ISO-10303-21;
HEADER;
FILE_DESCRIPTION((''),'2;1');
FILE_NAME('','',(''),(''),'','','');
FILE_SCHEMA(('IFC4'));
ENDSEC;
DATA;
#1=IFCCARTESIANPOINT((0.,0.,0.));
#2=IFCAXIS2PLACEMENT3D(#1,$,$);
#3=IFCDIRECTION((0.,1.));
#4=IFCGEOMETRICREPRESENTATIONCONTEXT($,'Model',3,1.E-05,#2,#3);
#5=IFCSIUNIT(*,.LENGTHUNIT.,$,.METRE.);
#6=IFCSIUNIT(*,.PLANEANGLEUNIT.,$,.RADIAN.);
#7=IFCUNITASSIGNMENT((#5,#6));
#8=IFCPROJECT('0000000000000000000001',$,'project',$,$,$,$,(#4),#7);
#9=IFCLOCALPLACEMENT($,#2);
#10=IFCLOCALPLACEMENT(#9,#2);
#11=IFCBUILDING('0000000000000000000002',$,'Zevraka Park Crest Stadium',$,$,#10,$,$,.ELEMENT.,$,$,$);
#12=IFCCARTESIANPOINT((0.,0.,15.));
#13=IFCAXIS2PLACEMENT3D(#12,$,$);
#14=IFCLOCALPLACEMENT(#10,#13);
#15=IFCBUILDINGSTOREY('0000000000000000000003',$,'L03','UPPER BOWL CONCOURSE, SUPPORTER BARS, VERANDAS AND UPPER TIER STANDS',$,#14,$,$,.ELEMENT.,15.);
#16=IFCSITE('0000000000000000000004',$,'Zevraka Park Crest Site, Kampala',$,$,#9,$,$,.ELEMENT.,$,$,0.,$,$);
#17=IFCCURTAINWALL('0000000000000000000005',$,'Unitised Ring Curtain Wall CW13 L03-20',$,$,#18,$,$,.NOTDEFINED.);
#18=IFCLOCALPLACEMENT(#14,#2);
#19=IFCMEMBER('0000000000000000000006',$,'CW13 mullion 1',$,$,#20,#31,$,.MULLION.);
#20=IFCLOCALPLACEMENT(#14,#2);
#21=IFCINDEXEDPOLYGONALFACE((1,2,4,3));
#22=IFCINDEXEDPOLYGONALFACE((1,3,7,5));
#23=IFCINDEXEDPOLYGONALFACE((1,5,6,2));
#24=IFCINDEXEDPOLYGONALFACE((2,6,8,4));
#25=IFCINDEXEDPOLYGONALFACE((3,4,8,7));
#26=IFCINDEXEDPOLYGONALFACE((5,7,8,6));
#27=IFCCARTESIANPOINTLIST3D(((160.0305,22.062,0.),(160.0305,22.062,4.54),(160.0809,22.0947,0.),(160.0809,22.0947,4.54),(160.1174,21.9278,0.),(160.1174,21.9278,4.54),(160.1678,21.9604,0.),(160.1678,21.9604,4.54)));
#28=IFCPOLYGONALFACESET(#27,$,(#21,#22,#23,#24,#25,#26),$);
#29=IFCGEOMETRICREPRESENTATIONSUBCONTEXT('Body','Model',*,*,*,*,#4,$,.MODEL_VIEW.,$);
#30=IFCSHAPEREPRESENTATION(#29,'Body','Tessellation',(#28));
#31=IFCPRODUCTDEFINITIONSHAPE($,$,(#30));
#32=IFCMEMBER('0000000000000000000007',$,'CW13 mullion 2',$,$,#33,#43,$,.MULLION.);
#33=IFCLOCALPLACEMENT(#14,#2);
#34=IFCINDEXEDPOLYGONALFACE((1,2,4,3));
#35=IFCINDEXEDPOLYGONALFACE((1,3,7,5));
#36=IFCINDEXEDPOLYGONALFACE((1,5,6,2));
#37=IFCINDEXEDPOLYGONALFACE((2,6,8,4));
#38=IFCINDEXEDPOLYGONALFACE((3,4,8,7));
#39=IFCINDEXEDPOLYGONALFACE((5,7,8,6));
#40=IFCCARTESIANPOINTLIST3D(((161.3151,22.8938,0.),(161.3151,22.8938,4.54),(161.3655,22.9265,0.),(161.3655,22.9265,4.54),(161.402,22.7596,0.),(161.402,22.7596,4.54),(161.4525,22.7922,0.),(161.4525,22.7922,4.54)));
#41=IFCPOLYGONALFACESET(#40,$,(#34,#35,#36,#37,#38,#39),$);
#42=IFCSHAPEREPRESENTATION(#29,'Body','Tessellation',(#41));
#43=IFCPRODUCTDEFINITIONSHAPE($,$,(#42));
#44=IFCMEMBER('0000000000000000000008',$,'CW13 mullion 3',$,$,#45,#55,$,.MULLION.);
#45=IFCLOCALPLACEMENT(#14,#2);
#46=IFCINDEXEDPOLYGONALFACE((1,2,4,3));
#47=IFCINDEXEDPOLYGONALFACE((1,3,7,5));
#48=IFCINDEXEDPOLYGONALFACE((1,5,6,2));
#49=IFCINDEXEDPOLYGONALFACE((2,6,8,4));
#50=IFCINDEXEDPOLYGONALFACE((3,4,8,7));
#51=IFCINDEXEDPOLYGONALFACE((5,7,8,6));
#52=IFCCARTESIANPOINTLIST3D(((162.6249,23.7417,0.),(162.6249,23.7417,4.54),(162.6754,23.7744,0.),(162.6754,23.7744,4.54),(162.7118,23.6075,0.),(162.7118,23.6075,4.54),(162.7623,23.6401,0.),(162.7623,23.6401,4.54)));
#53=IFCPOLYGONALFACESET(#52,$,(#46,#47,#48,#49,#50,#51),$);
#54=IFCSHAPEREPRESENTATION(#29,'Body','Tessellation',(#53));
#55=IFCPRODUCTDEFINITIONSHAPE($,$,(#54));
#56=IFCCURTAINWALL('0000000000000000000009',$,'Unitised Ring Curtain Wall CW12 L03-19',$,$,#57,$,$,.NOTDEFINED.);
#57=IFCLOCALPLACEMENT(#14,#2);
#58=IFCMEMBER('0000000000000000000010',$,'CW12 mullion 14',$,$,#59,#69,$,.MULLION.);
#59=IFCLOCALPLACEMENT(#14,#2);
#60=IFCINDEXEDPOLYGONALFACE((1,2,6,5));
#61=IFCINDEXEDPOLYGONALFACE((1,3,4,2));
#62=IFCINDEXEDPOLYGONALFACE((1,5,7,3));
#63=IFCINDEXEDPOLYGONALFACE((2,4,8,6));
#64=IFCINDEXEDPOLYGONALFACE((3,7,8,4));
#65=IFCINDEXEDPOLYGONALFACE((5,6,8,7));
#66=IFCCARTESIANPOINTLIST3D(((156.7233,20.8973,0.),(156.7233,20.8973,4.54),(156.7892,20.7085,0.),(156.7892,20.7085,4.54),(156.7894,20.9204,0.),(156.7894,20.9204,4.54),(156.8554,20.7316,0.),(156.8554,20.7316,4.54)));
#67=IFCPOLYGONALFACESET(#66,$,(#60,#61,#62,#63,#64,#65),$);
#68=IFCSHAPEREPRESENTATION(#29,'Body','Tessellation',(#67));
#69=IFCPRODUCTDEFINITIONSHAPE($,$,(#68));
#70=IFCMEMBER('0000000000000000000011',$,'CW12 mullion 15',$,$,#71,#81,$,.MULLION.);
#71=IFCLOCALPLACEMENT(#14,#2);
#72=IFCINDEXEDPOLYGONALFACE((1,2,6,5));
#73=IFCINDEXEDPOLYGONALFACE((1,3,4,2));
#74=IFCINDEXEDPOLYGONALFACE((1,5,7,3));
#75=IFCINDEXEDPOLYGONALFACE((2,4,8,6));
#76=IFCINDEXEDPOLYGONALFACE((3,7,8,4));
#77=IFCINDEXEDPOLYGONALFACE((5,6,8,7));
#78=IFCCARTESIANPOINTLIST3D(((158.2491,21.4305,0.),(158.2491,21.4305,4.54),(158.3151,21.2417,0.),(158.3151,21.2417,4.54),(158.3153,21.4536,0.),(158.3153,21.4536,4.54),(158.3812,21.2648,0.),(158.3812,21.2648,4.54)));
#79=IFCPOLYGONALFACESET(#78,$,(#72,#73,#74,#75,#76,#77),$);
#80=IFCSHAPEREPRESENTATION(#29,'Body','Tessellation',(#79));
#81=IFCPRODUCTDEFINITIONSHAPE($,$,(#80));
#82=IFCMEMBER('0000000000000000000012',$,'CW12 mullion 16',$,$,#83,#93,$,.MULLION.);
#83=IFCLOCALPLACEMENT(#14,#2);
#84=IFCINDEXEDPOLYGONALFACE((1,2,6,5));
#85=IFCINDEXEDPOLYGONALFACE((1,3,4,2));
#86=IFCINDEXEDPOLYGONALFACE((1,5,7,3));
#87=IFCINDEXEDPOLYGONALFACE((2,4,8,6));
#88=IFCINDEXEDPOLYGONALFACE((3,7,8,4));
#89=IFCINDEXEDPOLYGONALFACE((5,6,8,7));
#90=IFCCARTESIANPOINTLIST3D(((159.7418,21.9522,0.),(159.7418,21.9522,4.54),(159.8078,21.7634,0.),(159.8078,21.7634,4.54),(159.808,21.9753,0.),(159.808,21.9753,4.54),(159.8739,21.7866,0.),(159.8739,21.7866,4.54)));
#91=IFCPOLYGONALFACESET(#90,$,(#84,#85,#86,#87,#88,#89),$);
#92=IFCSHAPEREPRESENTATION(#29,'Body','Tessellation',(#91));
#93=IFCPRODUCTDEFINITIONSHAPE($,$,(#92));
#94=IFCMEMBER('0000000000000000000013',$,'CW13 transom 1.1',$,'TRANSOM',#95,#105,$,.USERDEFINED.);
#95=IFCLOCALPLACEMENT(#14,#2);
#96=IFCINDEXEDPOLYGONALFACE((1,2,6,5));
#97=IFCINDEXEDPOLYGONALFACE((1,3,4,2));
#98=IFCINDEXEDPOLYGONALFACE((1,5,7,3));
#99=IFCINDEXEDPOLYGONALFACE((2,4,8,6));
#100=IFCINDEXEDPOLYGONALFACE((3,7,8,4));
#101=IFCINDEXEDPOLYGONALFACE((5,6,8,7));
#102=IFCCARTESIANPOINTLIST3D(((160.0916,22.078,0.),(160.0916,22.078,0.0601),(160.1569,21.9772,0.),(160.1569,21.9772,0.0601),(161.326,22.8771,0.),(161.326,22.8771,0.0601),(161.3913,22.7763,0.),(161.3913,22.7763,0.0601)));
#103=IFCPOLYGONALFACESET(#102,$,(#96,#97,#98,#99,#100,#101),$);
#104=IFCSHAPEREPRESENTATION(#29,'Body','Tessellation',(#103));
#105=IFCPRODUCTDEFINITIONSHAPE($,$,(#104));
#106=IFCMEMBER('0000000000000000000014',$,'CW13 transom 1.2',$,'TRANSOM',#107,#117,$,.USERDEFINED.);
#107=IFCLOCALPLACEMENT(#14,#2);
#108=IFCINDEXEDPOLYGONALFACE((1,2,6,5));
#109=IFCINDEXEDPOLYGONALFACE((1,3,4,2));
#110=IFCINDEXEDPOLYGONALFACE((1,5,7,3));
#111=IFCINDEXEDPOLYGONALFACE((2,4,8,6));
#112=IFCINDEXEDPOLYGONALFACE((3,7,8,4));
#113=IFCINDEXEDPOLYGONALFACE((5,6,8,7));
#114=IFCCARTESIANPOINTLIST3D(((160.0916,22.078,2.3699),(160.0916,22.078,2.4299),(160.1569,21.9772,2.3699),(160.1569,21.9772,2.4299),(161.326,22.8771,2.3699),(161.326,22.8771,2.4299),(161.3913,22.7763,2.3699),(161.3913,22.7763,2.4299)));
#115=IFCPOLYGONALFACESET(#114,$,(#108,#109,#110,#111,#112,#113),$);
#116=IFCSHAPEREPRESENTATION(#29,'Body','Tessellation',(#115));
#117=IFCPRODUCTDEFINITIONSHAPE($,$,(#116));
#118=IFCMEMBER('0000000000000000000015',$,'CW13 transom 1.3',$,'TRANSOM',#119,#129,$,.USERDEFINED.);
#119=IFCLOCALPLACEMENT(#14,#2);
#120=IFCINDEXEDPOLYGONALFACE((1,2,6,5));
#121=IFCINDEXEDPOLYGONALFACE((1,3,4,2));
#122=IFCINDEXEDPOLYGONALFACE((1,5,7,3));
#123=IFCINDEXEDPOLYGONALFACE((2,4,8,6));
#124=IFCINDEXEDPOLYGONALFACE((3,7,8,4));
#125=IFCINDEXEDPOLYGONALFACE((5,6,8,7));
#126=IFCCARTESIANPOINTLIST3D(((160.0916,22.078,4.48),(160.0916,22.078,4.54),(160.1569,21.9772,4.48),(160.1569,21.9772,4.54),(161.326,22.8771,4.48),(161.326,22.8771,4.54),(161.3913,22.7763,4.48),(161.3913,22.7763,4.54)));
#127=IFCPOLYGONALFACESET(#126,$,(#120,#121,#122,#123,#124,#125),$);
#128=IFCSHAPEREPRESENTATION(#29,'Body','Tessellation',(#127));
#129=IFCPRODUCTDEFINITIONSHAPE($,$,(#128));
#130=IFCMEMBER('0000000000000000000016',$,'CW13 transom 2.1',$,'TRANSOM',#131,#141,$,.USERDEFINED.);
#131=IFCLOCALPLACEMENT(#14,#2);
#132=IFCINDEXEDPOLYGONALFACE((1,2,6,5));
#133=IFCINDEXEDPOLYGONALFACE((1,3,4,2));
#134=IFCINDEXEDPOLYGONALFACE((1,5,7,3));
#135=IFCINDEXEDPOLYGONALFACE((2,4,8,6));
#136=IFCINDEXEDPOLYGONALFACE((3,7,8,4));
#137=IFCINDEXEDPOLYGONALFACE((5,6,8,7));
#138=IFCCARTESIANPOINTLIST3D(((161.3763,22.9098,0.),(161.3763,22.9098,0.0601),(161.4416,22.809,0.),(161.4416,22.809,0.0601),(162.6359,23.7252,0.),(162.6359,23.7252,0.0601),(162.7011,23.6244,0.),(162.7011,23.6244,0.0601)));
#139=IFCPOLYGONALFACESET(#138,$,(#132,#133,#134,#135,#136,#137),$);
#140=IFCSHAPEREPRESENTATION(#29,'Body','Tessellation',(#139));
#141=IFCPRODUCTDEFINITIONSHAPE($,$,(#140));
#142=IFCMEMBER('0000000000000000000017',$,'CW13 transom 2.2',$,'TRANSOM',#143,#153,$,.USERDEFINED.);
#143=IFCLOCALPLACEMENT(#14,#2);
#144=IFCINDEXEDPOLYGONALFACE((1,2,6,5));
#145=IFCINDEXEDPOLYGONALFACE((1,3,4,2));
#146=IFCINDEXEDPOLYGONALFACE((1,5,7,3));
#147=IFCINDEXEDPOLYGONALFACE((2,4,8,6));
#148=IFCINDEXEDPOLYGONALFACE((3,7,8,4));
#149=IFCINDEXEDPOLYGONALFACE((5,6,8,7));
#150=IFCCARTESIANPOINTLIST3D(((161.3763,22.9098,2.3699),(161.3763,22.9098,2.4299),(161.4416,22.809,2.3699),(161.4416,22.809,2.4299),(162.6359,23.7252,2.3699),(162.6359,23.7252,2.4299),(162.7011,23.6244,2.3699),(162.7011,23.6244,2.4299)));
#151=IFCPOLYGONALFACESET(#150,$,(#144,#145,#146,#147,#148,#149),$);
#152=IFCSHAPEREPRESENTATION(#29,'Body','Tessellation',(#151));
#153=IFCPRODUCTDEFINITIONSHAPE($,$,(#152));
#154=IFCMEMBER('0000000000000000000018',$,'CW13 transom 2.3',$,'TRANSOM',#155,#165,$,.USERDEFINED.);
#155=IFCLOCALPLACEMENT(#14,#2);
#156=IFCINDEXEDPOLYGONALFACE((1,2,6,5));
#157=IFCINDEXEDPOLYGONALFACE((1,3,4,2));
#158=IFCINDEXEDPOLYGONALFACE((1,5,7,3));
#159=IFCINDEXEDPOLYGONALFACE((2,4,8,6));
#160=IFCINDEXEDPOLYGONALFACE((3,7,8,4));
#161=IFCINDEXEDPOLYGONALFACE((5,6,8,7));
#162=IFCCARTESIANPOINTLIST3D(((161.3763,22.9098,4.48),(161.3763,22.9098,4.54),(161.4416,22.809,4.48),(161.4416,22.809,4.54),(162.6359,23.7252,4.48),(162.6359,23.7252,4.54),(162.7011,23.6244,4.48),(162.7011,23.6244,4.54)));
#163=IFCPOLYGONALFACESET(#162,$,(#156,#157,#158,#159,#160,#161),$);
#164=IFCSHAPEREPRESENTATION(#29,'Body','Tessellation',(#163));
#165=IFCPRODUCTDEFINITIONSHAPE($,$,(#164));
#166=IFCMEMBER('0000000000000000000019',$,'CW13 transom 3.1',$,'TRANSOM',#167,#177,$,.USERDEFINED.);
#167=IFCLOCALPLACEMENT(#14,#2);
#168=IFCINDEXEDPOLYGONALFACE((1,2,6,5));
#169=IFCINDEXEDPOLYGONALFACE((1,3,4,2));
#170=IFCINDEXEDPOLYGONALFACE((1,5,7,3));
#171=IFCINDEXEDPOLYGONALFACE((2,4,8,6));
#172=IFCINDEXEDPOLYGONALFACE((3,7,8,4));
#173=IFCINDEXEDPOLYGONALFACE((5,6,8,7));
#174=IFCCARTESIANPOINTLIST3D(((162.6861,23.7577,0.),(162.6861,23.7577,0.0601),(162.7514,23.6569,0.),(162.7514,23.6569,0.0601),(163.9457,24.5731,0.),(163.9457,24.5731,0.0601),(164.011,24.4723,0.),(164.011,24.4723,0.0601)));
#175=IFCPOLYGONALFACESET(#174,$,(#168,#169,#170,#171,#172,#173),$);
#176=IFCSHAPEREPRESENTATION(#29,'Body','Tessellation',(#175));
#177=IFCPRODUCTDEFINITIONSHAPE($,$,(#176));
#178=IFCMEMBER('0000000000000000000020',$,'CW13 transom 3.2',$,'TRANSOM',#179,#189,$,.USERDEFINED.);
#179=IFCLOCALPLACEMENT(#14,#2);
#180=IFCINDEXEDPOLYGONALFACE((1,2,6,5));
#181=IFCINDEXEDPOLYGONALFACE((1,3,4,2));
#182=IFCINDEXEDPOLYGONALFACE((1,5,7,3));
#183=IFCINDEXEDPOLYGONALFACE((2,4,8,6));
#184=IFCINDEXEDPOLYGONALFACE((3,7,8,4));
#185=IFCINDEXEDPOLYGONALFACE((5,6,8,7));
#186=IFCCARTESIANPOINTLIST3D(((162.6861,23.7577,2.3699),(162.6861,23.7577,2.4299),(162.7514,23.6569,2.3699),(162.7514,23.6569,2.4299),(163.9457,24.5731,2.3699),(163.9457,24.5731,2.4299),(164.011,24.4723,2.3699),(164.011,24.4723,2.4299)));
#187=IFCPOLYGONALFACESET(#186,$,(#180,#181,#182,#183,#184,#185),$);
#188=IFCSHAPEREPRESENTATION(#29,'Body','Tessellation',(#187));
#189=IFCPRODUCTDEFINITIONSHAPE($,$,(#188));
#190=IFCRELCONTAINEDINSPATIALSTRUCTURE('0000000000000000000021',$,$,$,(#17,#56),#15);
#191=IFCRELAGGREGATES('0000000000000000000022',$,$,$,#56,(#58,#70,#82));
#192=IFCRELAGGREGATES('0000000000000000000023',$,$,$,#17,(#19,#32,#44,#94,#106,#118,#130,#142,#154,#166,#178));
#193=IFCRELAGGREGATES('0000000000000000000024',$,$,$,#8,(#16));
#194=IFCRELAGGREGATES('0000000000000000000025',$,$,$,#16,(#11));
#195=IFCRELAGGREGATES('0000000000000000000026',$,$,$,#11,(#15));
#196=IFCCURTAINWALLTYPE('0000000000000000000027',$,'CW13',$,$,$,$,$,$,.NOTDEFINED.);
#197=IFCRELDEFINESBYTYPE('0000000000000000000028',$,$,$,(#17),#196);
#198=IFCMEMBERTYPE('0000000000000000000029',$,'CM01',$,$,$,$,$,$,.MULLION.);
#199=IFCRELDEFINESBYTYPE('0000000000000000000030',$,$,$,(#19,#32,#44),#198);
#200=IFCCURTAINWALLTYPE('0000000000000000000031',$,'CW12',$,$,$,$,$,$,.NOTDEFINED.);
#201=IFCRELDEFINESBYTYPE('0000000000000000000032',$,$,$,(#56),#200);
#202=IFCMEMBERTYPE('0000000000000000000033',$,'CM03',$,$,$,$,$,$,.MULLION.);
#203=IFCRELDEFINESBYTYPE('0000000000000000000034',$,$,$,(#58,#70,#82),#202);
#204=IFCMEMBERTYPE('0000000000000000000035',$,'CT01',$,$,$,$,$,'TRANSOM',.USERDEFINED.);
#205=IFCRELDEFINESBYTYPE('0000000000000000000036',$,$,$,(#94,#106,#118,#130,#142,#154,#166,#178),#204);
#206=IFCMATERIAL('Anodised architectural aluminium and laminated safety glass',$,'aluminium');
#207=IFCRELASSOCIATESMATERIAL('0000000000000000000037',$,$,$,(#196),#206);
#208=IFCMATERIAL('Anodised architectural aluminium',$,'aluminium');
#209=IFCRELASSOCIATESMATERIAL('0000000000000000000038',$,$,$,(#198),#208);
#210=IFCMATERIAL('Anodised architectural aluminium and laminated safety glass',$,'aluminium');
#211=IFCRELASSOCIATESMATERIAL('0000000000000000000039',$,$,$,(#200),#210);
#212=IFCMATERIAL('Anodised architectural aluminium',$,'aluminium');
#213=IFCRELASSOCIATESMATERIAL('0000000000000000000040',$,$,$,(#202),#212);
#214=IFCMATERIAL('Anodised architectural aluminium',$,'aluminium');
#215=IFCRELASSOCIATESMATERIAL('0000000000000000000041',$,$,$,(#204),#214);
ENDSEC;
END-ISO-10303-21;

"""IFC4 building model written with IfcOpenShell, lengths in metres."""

from ifc_helpers import new_model, si_unit, direction, frame, origin, origin_2d, place, context, subcontext, project, spatial, rectangle, extrude, material, material_profile, profile_set, type_object, element, aggregate, save


model = new_model("IFC4")

# Units and contexts
model_context = context("Model", 3, precision=1e-05, world=origin(), true_north=direction((0.0, 1.0)))
body_context = subcontext(model_context, "Body", "Model", "MODEL_VIEW")
ifc_project = project(units=[si_unit("LENGTHUNIT", "METRE"), si_unit("PLANEANGLEUNIT", "RADIAN")], contexts=[model_context])

# Site, building, storey
site_placement = place(None, origin())
site = spatial("IfcSite", under=ifc_project, at=site_placement, Name="Zevraka Park Crest Site, Kampala", CompositionType="ELEMENT", RefElevation=0.0)
building_placement = place(site_placement, origin())
building = spatial("IfcBuilding", under=site, at=building_placement, Name="Zevraka Park Crest Stadium", CompositionType="ELEMENT")
storey_placement = place(building_placement, frame((0.0, 0.0, 15.0)))
storey = spatial("IfcBuildingStorey", under=building, at=storey_placement, Name="L03", Description="UPPER BOWL CONCOURSE, SUPPORTER BARS, VERANDAS AND UPPER TIER STANDS", CompositionType="ELEMENT", Elevation=15.0)

# Curtain walls, members
ifc_material_1 = material(Name="Anodised architectural aluminium and laminated safety glass", Category="aluminium")
curtain_wall_type_1 = type_object("IfcCurtainWallType", Name="CW13", PredefinedType="NOTDEFINED", material=ifc_material_1)
curtain_wall_1_placement = place(storey_placement, origin())
curtain_wall_1 = element("IfcCurtainWall", 1, at=curtain_wall_1_placement, inside=storey, type_object=curtain_wall_type_1, Name="Unitised Ring Curtain Wall CW13 L03-20", PredefinedType="NOTDEFINED")
ifc_material_2 = material(Name="Anodised architectural aluminium", Category="aluminium")
ifc_material_profile_1 = material_profile(ifc_material_2, rectangle(XDim=0.1599, YDim=0.0601, at=origin_2d()), Name="ALU MULLION 160x60")
ifc_profile_set_1 = profile_set([ifc_material_profile_1], Name="Anodised architectural aluminium")
member_type_1 = type_object("IfcMemberType", Name="CM01", PredefinedType="MULLION", material=ifc_profile_set_1)
member_1_placement = place(storey_placement, frame((160.0991, 22.0112, 0.0), z_axis=(0.0, 0.0, 1.0), x_axis=(-0.543469, 0.839429, 0.0)))
member_1 = element("IfcMember", 2, at=member_1_placement, type_object=member_type_1, Name="CW13 mullion 1", PredefinedType="MULLION", context=body_context, shape_type="SweptSolid", body=[
    extrude(rectangle(XDim=0.1599, YDim=0.0601, at=origin_2d()), origin(), (0.0, 0.0, 1.0), 4.54),
])
member_2_placement = place(storey_placement, frame((161.3838, 22.843, 0.0), z_axis=(0.0, 0.0, 1.0), x_axis=(-0.543469, 0.839429, 0.0)))
member_2 = element("IfcMember", 3, at=member_2_placement, type_object=member_type_1, Name="CW13 mullion 2", PredefinedType="MULLION", context=body_context, shape_type="SweptSolid", body=[
    extrude(rectangle(XDim=0.1599, YDim=0.0601, at=origin_2d()), origin(), (0.0, 0.0, 1.0), 4.54),
])
member_3_placement = place(storey_placement, frame((162.6936, 23.6909, 0.0), z_axis=(0.0, 0.0, 1.0), x_axis=(-0.543469, 0.839429, 0.0)))
member_3 = element("IfcMember", 4, at=member_3_placement, type_object=member_type_1, Name="CW13 mullion 3", PredefinedType="MULLION", context=body_context, shape_type="SweptSolid", body=[
    extrude(rectangle(XDim=0.1599, YDim=0.0601, at=origin_2d()), origin(), (0.0, 0.0, 1.0), 4.54),
])
ifc_material_3 = material(Name="Anodised architectural aluminium and laminated safety glass", Category="aluminium")
curtain_wall_type_2 = type_object("IfcCurtainWallType", Name="CW12", PredefinedType="NOTDEFINED", material=ifc_material_3)
curtain_wall_2_placement = place(storey_placement, origin())
curtain_wall_2 = element("IfcCurtainWall", 5, at=curtain_wall_2_placement, inside=storey, type_object=curtain_wall_type_2, Name="Unitised Ring Curtain Wall CW12 L03-19", PredefinedType="NOTDEFINED")
ifc_material_4 = material(Name="Anodised architectural aluminium", Category="aluminium")
ifc_material_profile_2 = material_profile(ifc_material_4, rectangle(XDim=0.2, YDim=0.0701, at=origin_2d()), Name="ALU MULLION 200x70")
ifc_profile_set_2 = profile_set([ifc_material_profile_2], Name="Anodised architectural aluminium")
member_type_2 = type_object("IfcMemberType", Name="CM03", PredefinedType="MULLION", material=ifc_profile_set_2)
member_4_placement = place(storey_placement, frame((156.7893, 20.8145, 0.0), z_axis=(0.0, 0.0, 1.0), x_axis=(-0.329917, 0.94401, 0.0)))
member_4 = element("IfcMember", 6, at=member_4_placement, type_object=member_type_2, Name="CW12 mullion 14", PredefinedType="MULLION", context=body_context, shape_type="SweptSolid", body=[
    extrude(rectangle(XDim=0.2, YDim=0.0701, at=origin_2d()), origin(), (0.0, 0.0, 1.0), 4.54),
])
member_5_placement = place(storey_placement, frame((158.3152, 21.3477, 0.0), z_axis=(0.0, 0.0, 1.0), x_axis=(-0.329917, 0.94401, 0.0)))
member_5 = element("IfcMember", 7, at=member_5_placement, type_object=member_type_2, Name="CW12 mullion 15", PredefinedType="MULLION", context=body_context, shape_type="SweptSolid", body=[
    extrude(rectangle(XDim=0.2, YDim=0.0701, at=origin_2d()), origin(), (0.0, 0.0, 1.0), 4.54),
])
member_6_placement = place(storey_placement, frame((159.8079, 21.8694, 0.0), z_axis=(0.0, 0.0, 1.0), x_axis=(-0.329917, 0.94401, 0.0)))
member_6 = element("IfcMember", 8, at=member_6_placement, type_object=member_type_2, Name="CW12 mullion 16", PredefinedType="MULLION", context=body_context, shape_type="SweptSolid", body=[
    extrude(rectangle(XDim=0.2, YDim=0.0701, at=origin_2d()), origin(), (0.0, 0.0, 1.0), 4.54),
])

# Members
ifc_material_5 = material(Name="Anodised architectural aluminium", Category="aluminium")
ifc_material_profile_3 = material_profile(ifc_material_5, rectangle(XDim=0.1201, YDim=0.0601, at=origin_2d()), Name="ALU TRANSOM 120x60")
ifc_profile_set_3 = profile_set([ifc_material_profile_3], Name="Anodised architectural aluminium")
member_type_3 = type_object("IfcMemberType", Name="CT01", ElementType="TRANSOM", PredefinedType="USERDEFINED", material=ifc_profile_set_3)
member_7_placement = place(storey_placement, frame((160.1243, 22.0276, 0.03), z_axis=(0.839459, 0.543423, 0.0), x_axis=(-0.543423, 0.839459, 0.0)))
member_7 = element("IfcMember", 9, at=member_7_placement, type_object=member_type_3, Name="CW13 transom 1.1", ObjectType="TRANSOM", PredefinedType="USERDEFINED", context=body_context, shape_type="SweptSolid", body=[
    extrude(rectangle(XDim=0.1201, YDim=0.0601, at=origin_2d()), origin(), (0.0, 0.0, 1.0), 1.4705),
])
member_8_placement = place(storey_placement, frame((160.1243, 22.0276, 2.3999), z_axis=(0.839459, 0.543423, 0.0), x_axis=(-0.543423, 0.839459, 0.0)))
member_8 = element("IfcMember", 10, at=member_8_placement, type_object=member_type_3, Name="CW13 transom 1.2", ObjectType="TRANSOM", PredefinedType="USERDEFINED", context=body_context, shape_type="SweptSolid", body=[
    extrude(rectangle(XDim=0.1201, YDim=0.0601, at=origin_2d()), origin(), (0.0, 0.0, 1.0), 1.4705),
])
member_9_placement = place(storey_placement, frame((160.1243, 22.0276, 4.51), z_axis=(0.839459, 0.543423, 0.0), x_axis=(-0.543423, 0.839459, 0.0)))
member_9 = element("IfcMember", 11, at=member_9_placement, type_object=member_type_3, Name="CW13 transom 1.3", ObjectType="TRANSOM", PredefinedType="USERDEFINED", context=body_context, shape_type="SweptSolid", body=[
    extrude(rectangle(XDim=0.1201, YDim=0.0601, at=origin_2d()), origin(), (0.0, 0.0, 1.0), 1.4705),
])
member_10_placement = place(storey_placement, frame((161.4089, 22.8594, 0.03), z_axis=(0.839435, 0.54346, 0.0), x_axis=(-0.54346, 0.839435, 0.0)))
member_10 = element("IfcMember", 12, at=member_10_placement, type_object=member_type_3, Name="CW13 transom 2.1", ObjectType="TRANSOM", PredefinedType="USERDEFINED", context=body_context, shape_type="SweptSolid", body=[
    extrude(rectangle(XDim=0.1201, YDim=0.0601, at=origin_2d()), origin(), (0.0, 0.0, 1.0), 1.5005),
])
member_11_placement = place(storey_placement, frame((161.4089, 22.8594, 2.3999), z_axis=(0.839435, 0.54346, 0.0), x_axis=(-0.54346, 0.839435, 0.0)))
member_11 = element("IfcMember", 13, at=member_11_placement, type_object=member_type_3, Name="CW13 transom 2.2", ObjectType="TRANSOM", PredefinedType="USERDEFINED", context=body_context, shape_type="SweptSolid", body=[
    extrude(rectangle(XDim=0.1201, YDim=0.0601, at=origin_2d()), origin(), (0.0, 0.0, 1.0), 1.5005),
])
member_12_placement = place(storey_placement, frame((161.4089, 22.8594, 4.51), z_axis=(0.839435, 0.54346, 0.0), x_axis=(-0.54346, 0.839435, 0.0)))
member_12 = element("IfcMember", 14, at=member_12_placement, type_object=member_type_3, Name="CW13 transom 2.3", ObjectType="TRANSOM", PredefinedType="USERDEFINED", context=body_context, shape_type="SweptSolid", body=[
    extrude(rectangle(XDim=0.1201, YDim=0.0601, at=origin_2d()), origin(), (0.0, 0.0, 1.0), 1.5005),
])
member_13_placement = place(storey_placement, frame((162.7188, 23.7073, 0.03), z_axis=(0.839435, 0.54346, 0.0), x_axis=(-0.54346, 0.839435, 0.0)))
member_13 = element("IfcMember", 15, at=member_13_placement, type_object=member_type_3, Name="CW13 transom 3.1", ObjectType="TRANSOM", PredefinedType="USERDEFINED", context=body_context, shape_type="SweptSolid", body=[
    extrude(rectangle(XDim=0.1201, YDim=0.0601, at=origin_2d()), origin(), (0.0, 0.0, 1.0), 1.5005),
])
member_14_placement = place(storey_placement, frame((162.7188, 23.7073, 2.3999), z_axis=(0.839435, 0.54346, 0.0), x_axis=(-0.54346, 0.839435, 0.0)))
member_14 = element("IfcMember", 16, at=member_14_placement, type_object=member_type_3, Name="CW13 transom 3.2", ObjectType="TRANSOM", PredefinedType="USERDEFINED", context=body_context, shape_type="SweptSolid", body=[
    extrude(rectangle(XDim=0.1201, YDim=0.0601, at=origin_2d()), origin(), (0.0, 0.0, 1.0), 1.5005),
])

aggregate(curtain_wall_2, [member_4, member_5, member_6])
aggregate(curtain_wall_1, [member_1, member_2, member_3, member_7, member_8, member_9, member_10, member_11, member_12, member_13, member_14])

save(model, "model.ifc")
